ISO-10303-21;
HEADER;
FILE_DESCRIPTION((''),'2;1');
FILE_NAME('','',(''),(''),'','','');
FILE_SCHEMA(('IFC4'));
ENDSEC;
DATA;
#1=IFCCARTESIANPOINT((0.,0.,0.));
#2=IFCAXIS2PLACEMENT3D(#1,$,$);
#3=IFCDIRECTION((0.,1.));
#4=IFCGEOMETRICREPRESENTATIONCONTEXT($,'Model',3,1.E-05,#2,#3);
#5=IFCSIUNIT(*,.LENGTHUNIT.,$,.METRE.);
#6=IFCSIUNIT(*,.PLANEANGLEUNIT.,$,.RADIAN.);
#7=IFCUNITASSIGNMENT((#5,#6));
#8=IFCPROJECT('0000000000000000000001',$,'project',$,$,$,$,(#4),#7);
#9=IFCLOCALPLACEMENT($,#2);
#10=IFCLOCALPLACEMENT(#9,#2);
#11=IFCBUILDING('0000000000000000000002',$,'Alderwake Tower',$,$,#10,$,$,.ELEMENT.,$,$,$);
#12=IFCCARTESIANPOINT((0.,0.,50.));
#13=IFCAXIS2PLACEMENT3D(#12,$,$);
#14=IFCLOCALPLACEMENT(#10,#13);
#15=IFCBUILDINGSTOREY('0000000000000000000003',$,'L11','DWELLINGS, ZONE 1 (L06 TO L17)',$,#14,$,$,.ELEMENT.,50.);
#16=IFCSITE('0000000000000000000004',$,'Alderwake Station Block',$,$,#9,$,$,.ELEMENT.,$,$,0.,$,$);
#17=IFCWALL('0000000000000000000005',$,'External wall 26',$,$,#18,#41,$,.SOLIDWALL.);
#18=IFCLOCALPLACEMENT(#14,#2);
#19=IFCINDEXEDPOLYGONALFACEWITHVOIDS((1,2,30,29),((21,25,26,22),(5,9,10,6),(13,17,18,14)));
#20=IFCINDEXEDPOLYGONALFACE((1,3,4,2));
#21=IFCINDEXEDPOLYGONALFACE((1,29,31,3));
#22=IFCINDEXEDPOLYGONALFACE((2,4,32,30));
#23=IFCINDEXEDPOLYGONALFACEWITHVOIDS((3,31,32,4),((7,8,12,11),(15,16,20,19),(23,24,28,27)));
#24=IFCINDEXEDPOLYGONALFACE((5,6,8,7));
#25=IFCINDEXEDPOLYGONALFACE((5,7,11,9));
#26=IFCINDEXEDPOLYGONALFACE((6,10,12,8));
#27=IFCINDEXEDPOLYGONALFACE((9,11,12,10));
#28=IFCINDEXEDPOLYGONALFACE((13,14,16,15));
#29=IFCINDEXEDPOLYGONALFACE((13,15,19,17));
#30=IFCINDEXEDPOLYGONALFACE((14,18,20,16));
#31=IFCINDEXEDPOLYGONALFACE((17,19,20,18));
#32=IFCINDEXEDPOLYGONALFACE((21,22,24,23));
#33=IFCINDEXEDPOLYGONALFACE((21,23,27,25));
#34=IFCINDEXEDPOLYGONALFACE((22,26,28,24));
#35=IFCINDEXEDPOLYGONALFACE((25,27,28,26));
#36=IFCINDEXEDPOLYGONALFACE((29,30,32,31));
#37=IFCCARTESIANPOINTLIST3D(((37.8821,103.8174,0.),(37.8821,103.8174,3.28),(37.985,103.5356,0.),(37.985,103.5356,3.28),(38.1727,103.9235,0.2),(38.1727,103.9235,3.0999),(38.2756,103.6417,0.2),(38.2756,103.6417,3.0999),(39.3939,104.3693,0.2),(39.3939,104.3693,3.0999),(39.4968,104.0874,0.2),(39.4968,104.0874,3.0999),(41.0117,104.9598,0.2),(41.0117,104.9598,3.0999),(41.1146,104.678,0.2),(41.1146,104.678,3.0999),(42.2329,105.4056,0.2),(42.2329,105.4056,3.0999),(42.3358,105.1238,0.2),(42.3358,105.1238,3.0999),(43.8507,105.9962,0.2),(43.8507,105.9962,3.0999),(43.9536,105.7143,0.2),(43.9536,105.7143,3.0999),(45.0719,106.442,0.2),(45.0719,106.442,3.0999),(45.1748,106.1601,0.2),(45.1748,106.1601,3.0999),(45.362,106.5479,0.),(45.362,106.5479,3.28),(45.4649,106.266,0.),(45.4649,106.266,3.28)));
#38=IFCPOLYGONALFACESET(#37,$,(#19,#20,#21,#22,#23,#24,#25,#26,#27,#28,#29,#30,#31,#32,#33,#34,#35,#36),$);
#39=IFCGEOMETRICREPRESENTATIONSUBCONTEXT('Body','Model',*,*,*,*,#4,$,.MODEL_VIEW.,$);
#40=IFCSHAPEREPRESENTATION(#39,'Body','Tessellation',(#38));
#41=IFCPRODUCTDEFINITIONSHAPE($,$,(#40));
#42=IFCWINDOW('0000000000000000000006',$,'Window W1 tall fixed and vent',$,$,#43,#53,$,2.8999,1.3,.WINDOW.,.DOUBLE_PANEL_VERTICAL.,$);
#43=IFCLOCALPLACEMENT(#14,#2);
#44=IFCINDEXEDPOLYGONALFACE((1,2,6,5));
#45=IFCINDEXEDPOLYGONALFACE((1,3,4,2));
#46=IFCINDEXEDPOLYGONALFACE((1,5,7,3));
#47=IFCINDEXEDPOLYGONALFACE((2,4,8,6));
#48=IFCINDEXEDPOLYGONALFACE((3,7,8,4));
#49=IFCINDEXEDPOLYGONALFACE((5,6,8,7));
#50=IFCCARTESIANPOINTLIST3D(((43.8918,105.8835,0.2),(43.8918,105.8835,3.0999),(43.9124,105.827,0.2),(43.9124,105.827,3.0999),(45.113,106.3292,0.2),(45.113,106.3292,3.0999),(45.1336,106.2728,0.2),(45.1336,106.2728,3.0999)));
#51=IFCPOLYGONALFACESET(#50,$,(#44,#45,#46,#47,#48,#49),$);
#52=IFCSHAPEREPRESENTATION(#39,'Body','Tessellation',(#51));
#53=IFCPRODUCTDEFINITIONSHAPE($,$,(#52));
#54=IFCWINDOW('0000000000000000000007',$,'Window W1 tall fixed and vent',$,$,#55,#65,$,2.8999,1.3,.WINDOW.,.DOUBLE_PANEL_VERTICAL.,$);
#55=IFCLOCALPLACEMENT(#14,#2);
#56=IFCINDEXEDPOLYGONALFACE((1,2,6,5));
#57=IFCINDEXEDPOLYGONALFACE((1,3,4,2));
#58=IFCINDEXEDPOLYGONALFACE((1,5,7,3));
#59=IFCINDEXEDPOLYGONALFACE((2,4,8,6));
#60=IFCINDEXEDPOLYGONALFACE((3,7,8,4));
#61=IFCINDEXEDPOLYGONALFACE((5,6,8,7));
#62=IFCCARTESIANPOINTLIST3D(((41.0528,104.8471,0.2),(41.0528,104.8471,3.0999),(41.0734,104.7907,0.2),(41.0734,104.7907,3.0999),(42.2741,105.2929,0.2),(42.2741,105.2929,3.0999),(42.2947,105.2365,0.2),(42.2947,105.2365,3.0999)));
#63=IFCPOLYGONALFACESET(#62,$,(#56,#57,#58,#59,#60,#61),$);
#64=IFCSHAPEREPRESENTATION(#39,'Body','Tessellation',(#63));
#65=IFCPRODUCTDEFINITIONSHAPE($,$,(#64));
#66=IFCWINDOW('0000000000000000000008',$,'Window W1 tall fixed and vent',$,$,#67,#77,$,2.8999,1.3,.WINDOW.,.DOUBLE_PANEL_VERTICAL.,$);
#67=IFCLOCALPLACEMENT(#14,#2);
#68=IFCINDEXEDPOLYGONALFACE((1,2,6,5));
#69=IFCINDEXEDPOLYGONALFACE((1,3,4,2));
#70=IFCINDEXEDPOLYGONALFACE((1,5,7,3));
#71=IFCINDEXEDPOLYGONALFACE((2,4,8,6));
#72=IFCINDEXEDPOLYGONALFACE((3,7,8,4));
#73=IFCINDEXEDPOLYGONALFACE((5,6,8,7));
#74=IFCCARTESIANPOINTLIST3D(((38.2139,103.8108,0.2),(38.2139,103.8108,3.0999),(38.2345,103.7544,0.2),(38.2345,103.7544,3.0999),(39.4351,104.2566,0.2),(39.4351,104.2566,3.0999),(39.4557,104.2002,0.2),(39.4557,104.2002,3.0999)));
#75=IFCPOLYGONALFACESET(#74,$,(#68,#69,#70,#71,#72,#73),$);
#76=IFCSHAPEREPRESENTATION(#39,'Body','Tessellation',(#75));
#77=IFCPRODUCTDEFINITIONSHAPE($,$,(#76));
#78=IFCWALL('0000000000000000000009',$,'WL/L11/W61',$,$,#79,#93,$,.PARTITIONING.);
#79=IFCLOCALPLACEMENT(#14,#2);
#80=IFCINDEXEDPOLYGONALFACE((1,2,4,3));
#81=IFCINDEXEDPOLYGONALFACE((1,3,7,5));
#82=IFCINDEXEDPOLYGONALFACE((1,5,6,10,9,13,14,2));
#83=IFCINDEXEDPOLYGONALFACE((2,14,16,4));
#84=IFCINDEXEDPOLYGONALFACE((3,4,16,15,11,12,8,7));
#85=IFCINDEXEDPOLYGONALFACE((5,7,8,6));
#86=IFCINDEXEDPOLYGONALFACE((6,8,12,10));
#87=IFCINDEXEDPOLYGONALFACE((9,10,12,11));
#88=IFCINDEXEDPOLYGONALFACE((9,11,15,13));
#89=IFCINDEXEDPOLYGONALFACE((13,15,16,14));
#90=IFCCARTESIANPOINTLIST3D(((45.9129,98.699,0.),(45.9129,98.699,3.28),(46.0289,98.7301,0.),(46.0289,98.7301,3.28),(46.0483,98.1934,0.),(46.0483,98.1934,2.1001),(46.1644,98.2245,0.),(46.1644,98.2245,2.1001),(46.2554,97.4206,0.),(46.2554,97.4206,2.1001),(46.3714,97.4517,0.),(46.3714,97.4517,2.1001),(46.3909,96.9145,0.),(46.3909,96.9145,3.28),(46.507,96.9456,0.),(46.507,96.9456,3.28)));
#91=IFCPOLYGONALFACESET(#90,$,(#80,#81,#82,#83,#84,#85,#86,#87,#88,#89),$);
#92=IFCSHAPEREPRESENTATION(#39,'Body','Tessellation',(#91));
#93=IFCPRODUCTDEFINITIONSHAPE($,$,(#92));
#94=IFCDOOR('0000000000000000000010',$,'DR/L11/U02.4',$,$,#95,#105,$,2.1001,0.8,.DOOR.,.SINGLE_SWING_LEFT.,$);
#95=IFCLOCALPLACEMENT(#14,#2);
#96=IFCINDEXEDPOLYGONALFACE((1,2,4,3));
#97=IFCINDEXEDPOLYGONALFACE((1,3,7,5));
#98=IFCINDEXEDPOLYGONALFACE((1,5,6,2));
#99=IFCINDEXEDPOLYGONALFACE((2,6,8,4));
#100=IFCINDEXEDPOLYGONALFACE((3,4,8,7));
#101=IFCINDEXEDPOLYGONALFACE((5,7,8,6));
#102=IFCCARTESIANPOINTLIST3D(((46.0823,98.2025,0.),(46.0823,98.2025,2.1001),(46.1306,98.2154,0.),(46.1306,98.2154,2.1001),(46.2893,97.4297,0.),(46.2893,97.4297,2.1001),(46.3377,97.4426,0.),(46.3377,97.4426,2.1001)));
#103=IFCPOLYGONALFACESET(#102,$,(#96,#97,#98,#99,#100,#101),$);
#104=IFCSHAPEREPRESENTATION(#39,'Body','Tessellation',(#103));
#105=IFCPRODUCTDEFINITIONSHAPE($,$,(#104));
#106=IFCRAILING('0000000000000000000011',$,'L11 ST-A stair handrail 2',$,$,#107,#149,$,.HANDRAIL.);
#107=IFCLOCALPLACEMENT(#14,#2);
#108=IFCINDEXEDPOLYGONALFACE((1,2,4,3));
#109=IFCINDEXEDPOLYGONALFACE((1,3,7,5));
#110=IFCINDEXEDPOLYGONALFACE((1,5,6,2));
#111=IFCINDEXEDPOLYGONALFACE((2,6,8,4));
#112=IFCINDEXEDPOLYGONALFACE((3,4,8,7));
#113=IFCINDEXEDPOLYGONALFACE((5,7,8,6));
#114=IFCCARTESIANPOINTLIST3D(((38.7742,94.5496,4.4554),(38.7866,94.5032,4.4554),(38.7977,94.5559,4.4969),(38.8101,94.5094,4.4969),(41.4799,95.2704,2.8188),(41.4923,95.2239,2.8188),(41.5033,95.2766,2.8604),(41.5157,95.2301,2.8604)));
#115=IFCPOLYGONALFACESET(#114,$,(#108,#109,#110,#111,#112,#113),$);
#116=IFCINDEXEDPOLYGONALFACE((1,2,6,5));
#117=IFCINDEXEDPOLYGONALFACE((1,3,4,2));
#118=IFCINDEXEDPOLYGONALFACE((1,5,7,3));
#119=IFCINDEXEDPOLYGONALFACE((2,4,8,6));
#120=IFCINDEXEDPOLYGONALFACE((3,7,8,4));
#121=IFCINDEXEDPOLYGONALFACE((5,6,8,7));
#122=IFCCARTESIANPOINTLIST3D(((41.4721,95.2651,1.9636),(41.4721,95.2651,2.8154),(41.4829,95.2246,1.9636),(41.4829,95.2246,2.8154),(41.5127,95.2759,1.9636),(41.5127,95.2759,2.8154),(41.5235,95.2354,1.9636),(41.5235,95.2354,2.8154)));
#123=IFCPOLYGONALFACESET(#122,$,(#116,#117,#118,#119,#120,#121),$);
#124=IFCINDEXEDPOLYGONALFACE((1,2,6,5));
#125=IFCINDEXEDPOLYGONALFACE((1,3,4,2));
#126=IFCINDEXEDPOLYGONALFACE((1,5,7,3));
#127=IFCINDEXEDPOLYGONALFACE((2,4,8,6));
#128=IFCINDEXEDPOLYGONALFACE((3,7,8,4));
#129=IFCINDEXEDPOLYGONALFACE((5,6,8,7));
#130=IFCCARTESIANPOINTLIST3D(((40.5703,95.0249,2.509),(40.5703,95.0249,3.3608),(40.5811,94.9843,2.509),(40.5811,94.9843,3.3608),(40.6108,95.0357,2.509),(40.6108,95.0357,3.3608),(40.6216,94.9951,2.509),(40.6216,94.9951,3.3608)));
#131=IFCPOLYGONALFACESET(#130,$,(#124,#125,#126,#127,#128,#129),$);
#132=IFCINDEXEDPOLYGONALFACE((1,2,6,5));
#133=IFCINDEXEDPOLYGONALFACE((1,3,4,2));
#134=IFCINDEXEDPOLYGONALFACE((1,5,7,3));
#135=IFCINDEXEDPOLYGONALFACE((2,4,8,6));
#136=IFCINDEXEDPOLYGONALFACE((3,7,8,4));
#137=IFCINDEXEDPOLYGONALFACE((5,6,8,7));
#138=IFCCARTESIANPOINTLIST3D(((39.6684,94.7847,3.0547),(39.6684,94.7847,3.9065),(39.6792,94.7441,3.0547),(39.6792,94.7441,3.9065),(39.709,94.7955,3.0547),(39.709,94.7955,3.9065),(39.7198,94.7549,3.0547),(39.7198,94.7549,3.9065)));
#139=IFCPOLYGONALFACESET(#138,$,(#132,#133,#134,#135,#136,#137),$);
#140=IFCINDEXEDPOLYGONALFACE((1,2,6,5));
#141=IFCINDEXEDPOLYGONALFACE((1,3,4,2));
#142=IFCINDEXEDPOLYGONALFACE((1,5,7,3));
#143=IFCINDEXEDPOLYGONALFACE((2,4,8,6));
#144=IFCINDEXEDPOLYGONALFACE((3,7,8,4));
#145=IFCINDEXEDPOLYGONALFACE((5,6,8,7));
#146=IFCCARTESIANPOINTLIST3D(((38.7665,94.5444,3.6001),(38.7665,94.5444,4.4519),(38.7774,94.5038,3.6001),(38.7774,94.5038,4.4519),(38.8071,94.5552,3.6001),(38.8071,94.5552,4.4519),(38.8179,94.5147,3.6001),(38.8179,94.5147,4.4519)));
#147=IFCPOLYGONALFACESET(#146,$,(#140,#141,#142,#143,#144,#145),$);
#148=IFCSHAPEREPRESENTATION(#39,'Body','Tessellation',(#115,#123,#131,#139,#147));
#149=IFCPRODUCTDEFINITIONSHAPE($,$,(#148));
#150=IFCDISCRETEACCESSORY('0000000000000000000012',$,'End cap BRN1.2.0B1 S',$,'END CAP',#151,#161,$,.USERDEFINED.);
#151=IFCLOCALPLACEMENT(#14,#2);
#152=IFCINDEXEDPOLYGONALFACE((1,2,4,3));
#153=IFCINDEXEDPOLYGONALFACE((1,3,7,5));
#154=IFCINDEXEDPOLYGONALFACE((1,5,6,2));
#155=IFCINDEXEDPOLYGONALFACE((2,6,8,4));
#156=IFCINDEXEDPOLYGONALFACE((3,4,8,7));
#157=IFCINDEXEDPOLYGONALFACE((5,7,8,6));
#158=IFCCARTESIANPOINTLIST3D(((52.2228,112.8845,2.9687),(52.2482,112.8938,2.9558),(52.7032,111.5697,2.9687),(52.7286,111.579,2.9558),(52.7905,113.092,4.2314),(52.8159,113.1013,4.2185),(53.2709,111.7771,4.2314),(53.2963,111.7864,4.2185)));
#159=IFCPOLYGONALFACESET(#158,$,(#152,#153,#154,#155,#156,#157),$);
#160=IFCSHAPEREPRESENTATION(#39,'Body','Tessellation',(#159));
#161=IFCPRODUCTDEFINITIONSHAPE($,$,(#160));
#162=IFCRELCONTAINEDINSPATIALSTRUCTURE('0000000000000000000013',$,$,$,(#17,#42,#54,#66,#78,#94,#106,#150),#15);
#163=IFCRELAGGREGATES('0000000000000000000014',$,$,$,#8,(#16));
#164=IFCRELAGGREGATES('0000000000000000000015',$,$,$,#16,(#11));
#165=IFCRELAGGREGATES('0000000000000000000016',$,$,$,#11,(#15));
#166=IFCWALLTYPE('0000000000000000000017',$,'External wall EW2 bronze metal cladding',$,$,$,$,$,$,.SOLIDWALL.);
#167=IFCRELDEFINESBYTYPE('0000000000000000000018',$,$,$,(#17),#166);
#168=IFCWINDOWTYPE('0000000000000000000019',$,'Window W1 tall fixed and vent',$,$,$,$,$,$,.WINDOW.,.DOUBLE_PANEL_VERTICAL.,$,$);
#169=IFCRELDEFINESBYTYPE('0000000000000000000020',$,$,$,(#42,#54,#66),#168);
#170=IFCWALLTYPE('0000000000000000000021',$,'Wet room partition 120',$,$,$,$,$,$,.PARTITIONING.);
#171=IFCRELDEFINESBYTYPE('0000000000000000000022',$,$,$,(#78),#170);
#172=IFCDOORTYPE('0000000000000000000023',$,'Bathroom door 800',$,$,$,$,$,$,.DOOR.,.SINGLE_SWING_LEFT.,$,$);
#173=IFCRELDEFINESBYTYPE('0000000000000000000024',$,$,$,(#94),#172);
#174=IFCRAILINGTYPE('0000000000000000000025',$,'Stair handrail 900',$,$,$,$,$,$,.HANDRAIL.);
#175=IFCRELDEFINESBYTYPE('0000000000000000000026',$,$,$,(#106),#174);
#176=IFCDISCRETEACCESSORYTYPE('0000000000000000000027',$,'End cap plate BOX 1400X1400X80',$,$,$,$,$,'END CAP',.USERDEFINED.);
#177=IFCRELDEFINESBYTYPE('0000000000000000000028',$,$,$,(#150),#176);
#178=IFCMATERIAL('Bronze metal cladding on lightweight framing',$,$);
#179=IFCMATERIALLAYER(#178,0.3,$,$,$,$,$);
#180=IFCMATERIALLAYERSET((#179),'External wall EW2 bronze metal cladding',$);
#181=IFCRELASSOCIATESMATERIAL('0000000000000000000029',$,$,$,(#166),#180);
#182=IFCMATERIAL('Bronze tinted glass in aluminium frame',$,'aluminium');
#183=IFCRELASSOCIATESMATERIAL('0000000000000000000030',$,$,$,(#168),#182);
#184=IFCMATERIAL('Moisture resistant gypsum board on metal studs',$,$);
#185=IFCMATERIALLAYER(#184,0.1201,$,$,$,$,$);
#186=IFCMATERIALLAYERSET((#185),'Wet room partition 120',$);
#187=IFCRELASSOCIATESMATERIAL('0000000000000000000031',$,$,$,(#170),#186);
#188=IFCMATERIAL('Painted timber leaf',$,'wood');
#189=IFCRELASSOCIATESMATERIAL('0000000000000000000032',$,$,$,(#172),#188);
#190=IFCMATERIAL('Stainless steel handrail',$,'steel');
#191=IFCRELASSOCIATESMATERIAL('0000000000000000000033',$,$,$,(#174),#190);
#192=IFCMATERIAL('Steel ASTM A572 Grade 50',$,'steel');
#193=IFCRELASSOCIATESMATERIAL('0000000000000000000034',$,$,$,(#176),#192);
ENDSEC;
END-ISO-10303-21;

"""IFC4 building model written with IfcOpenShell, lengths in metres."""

from ifc_helpers import new_model, si_unit, direction, frame, frame_2d, origin, origin_2d, place, context, subcontext, project, spatial, rectangle, extrude, material, layer, layer_set, material_profile, profile_set, type_object, element, fill, save


model = new_model("IFC4")

# Units and contexts
model_context = context("Model", 3, precision=1e-05, world=origin(), true_north=direction((0.0, 1.0)))
body_context = subcontext(model_context, "Body", "Model", "MODEL_VIEW")
ifc_project = project(units=[si_unit("LENGTHUNIT", "METRE"), si_unit("PLANEANGLEUNIT", "RADIAN")], contexts=[model_context])

# Site, building, storey
site_placement = place(None, origin())
site = spatial("IfcSite", under=ifc_project, at=site_placement, Name="Alderwake Station Block", CompositionType="ELEMENT", RefElevation=0.0)
building_placement = place(site_placement, origin())
building = spatial("IfcBuilding", under=site, at=building_placement, Name="Alderwake Tower", CompositionType="ELEMENT")
storey_placement = place(building_placement, frame((0.0, 0.0, 50.0)))
storey = spatial("IfcBuildingStorey", under=building, at=storey_placement, Name="L11", Description="DWELLINGS, ZONE 1 (L06 TO L17)", CompositionType="ELEMENT", Elevation=50.0)

# Shared definitions
ifc_material_1 = material(Name="Bronze metal cladding on lightweight framing")
ifc_layer_1 = layer(ifc_material_1, 0.3)
ifc_layer_set_1 = layer_set([ifc_layer_1], Name="External wall EW2 bronze metal cladding")
wall_type_1 = type_object("IfcWallType", Name="External wall EW2 bronze metal cladding", PredefinedType="SOLIDWALL", material=ifc_layer_set_1)
ifc_material_2 = material(Name="Bronze tinted glass in aluminium frame", Category="aluminium")
window_type = type_object("IfcWindowType", Name="Window W1 tall fixed and vent", PartitioningType="DOUBLE_PANEL_VERTICAL", PredefinedType="WINDOW", material=ifc_material_2)

# Wall, openings, windows
wall_1_placement = place(storey_placement, frame((45.4136, 106.407, 0.0), z_axis=(0.0, 0.0, 1.0), x_axis=(-0.93937, -0.342905, 0.0)))
wall_1 = element("IfcWall", 1, at=wall_1_placement, inside=storey, type_object=wall_type_1, Name="External wall 26", PredefinedType="SOLIDWALL", context=body_context, shape_type="SweptSolid", body=[
    extrude(rectangle(XDim=7.9626, YDim=0.3, at=frame_2d((3.9814, 0.0))), origin(), (0.0, 0.0, 1.0), 3.28),
])
opening_1_placement = place(wall_1_placement, frame((0.3091, 0.0, 0.2)))
opening_1 = element("IfcOpeningElement", 2, at=opening_1_placement, cuts=wall_1, PredefinedType="OPENING", context=body_context, shape_type="SweptSolid", body=[
    extrude(rectangle(XDim=1.3, YDim=2.8999, at=frame_2d((0.6499, 1.45))), frame((0.0, 0.1599, 0.0), z_axis=(0.0, -1.0, 0.0), x_axis=(1.0, 0.0, 0.0)), (0.0, 0.0, 1.0), 0.3201),
])
opening_2_placement = place(wall_1_placement, frame((3.3313, 0.0, 0.2)))
opening_2 = element("IfcOpeningElement", 3, at=opening_2_placement, cuts=wall_1, PredefinedType="OPENING", context=body_context, shape_type="SweptSolid", body=[
    extrude(rectangle(XDim=1.3, YDim=2.8999, at=frame_2d((0.6499, 1.45))), frame((0.0, 0.1599, 0.0), z_axis=(0.0, -1.0, 0.0), x_axis=(1.0, 0.0, 0.0)), (0.0, 0.0, 1.0), 0.3201),
])
opening_3_placement = place(wall_1_placement, frame((6.3535, 0.0, 0.2)))
opening_3 = element("IfcOpeningElement", 4, at=opening_3_placement, cuts=wall_1, PredefinedType="OPENING", context=body_context, shape_type="SweptSolid", body=[
    extrude(rectangle(XDim=1.3, YDim=2.8999, at=frame_2d((0.6499, 1.45))), frame((0.0, 0.1599, 0.0), z_axis=(0.0, -1.0, 0.0), x_axis=(1.0, 0.0, 0.0)), (0.0, 0.0, 1.0), 0.3201),
])
window_1_placement = place(opening_1_placement, origin())
window_1 = element("IfcWindow", 5, at=window_1_placement, inside=storey, type_object=window_type, Name="Window W1 tall fixed and vent", OverallHeight=2.8999, OverallWidth=1.3, PartitioningType="DOUBLE_PANEL_VERTICAL", PredefinedType="WINDOW", context=body_context, shape_type="SweptSolid", body=[
    extrude(rectangle(XDim=1.3, YDim=2.8999, at=frame_2d((0.6499, 1.45))), frame((0.0, 0.03, 0.0), z_axis=(0.0, -1.0, 0.0), x_axis=(1.0, 0.0, 0.0)), (0.0, 0.0, 1.0), 0.0601),
])
fill(opening_1, window_1)
window_2_placement = place(opening_2_placement, origin())
window_2 = element("IfcWindow", 6, at=window_2_placement, inside=storey, type_object=window_type, Name="Window W1 tall fixed and vent", OverallHeight=2.8999, OverallWidth=1.3, PartitioningType="DOUBLE_PANEL_VERTICAL", PredefinedType="WINDOW", context=body_context, shape_type="SweptSolid", body=[
    extrude(rectangle(XDim=1.3, YDim=2.8999, at=frame_2d((0.6499, 1.45))), frame((0.0, 0.03, 0.0), z_axis=(0.0, -1.0, 0.0), x_axis=(1.0, 0.0, 0.0)), (0.0, 0.0, 1.0), 0.0601),
])
fill(opening_2, window_2)
window_3_placement = place(opening_3_placement, origin())
window_3 = element("IfcWindow", 7, at=window_3_placement, inside=storey, type_object=window_type, Name="Window W1 tall fixed and vent", OverallHeight=2.8999, OverallWidth=1.3, PartitioningType="DOUBLE_PANEL_VERTICAL", PredefinedType="WINDOW", context=body_context, shape_type="SweptSolid", body=[
    extrude(rectangle(XDim=1.3, YDim=2.8999, at=frame_2d((0.6499, 1.45))), frame((0.0, 0.03, 0.0), z_axis=(0.0, -1.0, 0.0), x_axis=(1.0, 0.0, 0.0)), (0.0, 0.0, 1.0), 0.0601),
])
fill(opening_3, window_3)

# Wall, opening, door
ifc_material_3 = material(Name="Moisture resistant gypsum board on metal studs")
ifc_layer_2 = layer(ifc_material_3, 0.1201)
ifc_layer_set_2 = layer_set([ifc_layer_2], Name="Wet room partition 120")
wall_type_2 = type_object("IfcWallType", Name="Wet room partition 120", PredefinedType="PARTITIONING", material=ifc_layer_set_2)
wall_2_placement = place(storey_placement, frame((46.449, 96.9299, 0.0), z_axis=(0.0, 0.0, 1.0), x_axis=(-0.258765, 0.96594, 0.0)))
wall_2 = element("IfcWall", 8, at=wall_2_placement, inside=storey, type_object=wall_type_2, Name="WL/L11/W61", PredefinedType="PARTITIONING", context=body_context, shape_type="SweptSolid", body=[
    extrude(rectangle(XDim=1.8474, YDim=0.1201, at=frame_2d((0.9238, 0.0))), origin(), (0.0, 0.0, 1.0), 3.28),
])
opening_4_placement = place(wall_2_placement, frame((0.5242, 0.0, 0.0)))
opening_4 = element("IfcOpeningElement", 9, at=opening_4_placement, cuts=wall_2, PredefinedType="OPENING", context=body_context, shape_type="SweptSolid", body=[
    extrude(rectangle(XDim=0.8, YDim=2.1001, at=frame_2d((0.3999, 1.05))), frame((0.0, 0.0701, 0.0), z_axis=(0.0, -1.0, 0.0), x_axis=(1.0, 0.0, 0.0)), (0.0, 0.0, 1.0), 0.1401),
])
ifc_material_4 = material(Name="Painted timber leaf", Category="wood")
door_type_1 = type_object("IfcDoorType", Name="Bathroom door 800", OperationType="SINGLE_SWING_LEFT", PredefinedType="DOOR", material=ifc_material_4)
door_1_placement = place(opening_4_placement, origin())
door_1 = element("IfcDoor", 10, at=door_1_placement, inside=storey, type_object=door_type_1, Name="DR/L11/U02.4", OperationType="SINGLE_SWING_LEFT", OverallHeight=2.1001, OverallWidth=0.8, PredefinedType="DOOR", context=body_context, shape_type="SweptSolid", body=[
    extrude(rectangle(XDim=0.8, YDim=2.1001, at=frame_2d((0.3999, 1.05))), frame((0.0, 0.0249, 0.0), z_axis=(0.0, -1.0, 0.0), x_axis=(1.0, 0.0, 0.0)), (0.0, 0.0, 1.0), 0.05),
])
fill(opening_4, door_1)

# Railing
ifc_material_5 = material(Name="Stainless steel handrail", Category="steel")
railing_type = type_object("IfcRailingType", Name="Stair handrail 900", PredefinedType="HANDRAIL", material=ifc_material_5)
railing_placement = place(storey_placement, frame((41.4978, 95.2502, 1.9636)))
element("IfcRailing", 11, at=railing_placement, inside=storey, type_object=railing_type, Name="L11 ST-A stair handrail 2", PredefinedType="HANDRAIL", context=body_context, shape_type="SweptSolid", body=[
    extrude(rectangle(XDim=0.0481, YDim=0.0481, at=origin_2d()), frame((0.0, 0.0, 0.876), z_axis=(-0.834259, -0.222228, 0.504605), x_axis=(0.257402, -0.966304, 0.0)), (0.0, 0.0, 1.0), 3.2432),
    extrude(rectangle(XDim=0.042, YDim=0.042, at=origin_2d()), frame((0.0, 0.0, 0.0), z_axis=(0.0, 0.0, 1.0), x_axis=(-0.966304, -0.257402, 0.0)), (0.0, 0.0, 1.0), 0.8518),
    extrude(rectangle(XDim=0.042, YDim=0.042, at=origin_2d()), frame((-0.9019, -0.2402, 0.5454), z_axis=(0.0, 0.0, 1.0), x_axis=(-0.966304, -0.257402, 0.0)), (0.0, 0.0, 1.0), 0.8518),
    extrude(rectangle(XDim=0.042, YDim=0.042, at=origin_2d()), frame((-1.8037, -0.4805, 1.0911), z_axis=(0.0, 0.0, 1.0), x_axis=(-0.966304, -0.257402, 0.0)), (0.0, 0.0, 1.0), 0.8518),
    extrude(rectangle(XDim=0.042, YDim=0.042, at=origin_2d()), frame((-2.7056, -0.7207, 1.6365), z_axis=(0.0, 0.0, 1.0), x_axis=(-0.966304, -0.257402, 0.0)), (0.0, 0.0, 1.0), 0.8518),
])

# Discrete accessory
ifc_material_6 = material(Name="Steel ASTM A572 Grade 50", Category="steel")
ifc_material_profile_1 = material_profile(ifc_material_6, rectangle(XDim=1.3999, YDim=1.3999, at=origin_2d()), Name="BOX 1400X1400X80 cap")
ifc_profile_set_1 = profile_set([ifc_material_profile_1], Name="Steel ASTM A572 Grade 50")
discrete_accessory_type = type_object("IfcDiscreteAccessoryType", Name="End cap plate BOX 1400X1400X80", ElementType="END CAP", PredefinedType="USERDEFINED", material=ifc_profile_set_1)
discrete_accessory_placement = place(storey_placement, frame((52.7468, 112.3308, 3.6001), z_axis=(0.84721, 0.309558, -0.431751), x_axis=(-0.343193, 0.939265, 0.0)))
element("IfcDiscreteAccessory", 12, at=discrete_accessory_placement, inside=storey, type_object=discrete_accessory_type, Name="End cap BRN1.2.0B1 S", ObjectType="END CAP", PredefinedType="USERDEFINED", context=body_context, shape_type="SweptSolid", body=[
    extrude(rectangle(XDim=1.3999, YDim=1.3999, at=origin_2d()), origin(), (0.0, 0.0, 1.0), 0.03),
])

save(model, "model.ifc")
